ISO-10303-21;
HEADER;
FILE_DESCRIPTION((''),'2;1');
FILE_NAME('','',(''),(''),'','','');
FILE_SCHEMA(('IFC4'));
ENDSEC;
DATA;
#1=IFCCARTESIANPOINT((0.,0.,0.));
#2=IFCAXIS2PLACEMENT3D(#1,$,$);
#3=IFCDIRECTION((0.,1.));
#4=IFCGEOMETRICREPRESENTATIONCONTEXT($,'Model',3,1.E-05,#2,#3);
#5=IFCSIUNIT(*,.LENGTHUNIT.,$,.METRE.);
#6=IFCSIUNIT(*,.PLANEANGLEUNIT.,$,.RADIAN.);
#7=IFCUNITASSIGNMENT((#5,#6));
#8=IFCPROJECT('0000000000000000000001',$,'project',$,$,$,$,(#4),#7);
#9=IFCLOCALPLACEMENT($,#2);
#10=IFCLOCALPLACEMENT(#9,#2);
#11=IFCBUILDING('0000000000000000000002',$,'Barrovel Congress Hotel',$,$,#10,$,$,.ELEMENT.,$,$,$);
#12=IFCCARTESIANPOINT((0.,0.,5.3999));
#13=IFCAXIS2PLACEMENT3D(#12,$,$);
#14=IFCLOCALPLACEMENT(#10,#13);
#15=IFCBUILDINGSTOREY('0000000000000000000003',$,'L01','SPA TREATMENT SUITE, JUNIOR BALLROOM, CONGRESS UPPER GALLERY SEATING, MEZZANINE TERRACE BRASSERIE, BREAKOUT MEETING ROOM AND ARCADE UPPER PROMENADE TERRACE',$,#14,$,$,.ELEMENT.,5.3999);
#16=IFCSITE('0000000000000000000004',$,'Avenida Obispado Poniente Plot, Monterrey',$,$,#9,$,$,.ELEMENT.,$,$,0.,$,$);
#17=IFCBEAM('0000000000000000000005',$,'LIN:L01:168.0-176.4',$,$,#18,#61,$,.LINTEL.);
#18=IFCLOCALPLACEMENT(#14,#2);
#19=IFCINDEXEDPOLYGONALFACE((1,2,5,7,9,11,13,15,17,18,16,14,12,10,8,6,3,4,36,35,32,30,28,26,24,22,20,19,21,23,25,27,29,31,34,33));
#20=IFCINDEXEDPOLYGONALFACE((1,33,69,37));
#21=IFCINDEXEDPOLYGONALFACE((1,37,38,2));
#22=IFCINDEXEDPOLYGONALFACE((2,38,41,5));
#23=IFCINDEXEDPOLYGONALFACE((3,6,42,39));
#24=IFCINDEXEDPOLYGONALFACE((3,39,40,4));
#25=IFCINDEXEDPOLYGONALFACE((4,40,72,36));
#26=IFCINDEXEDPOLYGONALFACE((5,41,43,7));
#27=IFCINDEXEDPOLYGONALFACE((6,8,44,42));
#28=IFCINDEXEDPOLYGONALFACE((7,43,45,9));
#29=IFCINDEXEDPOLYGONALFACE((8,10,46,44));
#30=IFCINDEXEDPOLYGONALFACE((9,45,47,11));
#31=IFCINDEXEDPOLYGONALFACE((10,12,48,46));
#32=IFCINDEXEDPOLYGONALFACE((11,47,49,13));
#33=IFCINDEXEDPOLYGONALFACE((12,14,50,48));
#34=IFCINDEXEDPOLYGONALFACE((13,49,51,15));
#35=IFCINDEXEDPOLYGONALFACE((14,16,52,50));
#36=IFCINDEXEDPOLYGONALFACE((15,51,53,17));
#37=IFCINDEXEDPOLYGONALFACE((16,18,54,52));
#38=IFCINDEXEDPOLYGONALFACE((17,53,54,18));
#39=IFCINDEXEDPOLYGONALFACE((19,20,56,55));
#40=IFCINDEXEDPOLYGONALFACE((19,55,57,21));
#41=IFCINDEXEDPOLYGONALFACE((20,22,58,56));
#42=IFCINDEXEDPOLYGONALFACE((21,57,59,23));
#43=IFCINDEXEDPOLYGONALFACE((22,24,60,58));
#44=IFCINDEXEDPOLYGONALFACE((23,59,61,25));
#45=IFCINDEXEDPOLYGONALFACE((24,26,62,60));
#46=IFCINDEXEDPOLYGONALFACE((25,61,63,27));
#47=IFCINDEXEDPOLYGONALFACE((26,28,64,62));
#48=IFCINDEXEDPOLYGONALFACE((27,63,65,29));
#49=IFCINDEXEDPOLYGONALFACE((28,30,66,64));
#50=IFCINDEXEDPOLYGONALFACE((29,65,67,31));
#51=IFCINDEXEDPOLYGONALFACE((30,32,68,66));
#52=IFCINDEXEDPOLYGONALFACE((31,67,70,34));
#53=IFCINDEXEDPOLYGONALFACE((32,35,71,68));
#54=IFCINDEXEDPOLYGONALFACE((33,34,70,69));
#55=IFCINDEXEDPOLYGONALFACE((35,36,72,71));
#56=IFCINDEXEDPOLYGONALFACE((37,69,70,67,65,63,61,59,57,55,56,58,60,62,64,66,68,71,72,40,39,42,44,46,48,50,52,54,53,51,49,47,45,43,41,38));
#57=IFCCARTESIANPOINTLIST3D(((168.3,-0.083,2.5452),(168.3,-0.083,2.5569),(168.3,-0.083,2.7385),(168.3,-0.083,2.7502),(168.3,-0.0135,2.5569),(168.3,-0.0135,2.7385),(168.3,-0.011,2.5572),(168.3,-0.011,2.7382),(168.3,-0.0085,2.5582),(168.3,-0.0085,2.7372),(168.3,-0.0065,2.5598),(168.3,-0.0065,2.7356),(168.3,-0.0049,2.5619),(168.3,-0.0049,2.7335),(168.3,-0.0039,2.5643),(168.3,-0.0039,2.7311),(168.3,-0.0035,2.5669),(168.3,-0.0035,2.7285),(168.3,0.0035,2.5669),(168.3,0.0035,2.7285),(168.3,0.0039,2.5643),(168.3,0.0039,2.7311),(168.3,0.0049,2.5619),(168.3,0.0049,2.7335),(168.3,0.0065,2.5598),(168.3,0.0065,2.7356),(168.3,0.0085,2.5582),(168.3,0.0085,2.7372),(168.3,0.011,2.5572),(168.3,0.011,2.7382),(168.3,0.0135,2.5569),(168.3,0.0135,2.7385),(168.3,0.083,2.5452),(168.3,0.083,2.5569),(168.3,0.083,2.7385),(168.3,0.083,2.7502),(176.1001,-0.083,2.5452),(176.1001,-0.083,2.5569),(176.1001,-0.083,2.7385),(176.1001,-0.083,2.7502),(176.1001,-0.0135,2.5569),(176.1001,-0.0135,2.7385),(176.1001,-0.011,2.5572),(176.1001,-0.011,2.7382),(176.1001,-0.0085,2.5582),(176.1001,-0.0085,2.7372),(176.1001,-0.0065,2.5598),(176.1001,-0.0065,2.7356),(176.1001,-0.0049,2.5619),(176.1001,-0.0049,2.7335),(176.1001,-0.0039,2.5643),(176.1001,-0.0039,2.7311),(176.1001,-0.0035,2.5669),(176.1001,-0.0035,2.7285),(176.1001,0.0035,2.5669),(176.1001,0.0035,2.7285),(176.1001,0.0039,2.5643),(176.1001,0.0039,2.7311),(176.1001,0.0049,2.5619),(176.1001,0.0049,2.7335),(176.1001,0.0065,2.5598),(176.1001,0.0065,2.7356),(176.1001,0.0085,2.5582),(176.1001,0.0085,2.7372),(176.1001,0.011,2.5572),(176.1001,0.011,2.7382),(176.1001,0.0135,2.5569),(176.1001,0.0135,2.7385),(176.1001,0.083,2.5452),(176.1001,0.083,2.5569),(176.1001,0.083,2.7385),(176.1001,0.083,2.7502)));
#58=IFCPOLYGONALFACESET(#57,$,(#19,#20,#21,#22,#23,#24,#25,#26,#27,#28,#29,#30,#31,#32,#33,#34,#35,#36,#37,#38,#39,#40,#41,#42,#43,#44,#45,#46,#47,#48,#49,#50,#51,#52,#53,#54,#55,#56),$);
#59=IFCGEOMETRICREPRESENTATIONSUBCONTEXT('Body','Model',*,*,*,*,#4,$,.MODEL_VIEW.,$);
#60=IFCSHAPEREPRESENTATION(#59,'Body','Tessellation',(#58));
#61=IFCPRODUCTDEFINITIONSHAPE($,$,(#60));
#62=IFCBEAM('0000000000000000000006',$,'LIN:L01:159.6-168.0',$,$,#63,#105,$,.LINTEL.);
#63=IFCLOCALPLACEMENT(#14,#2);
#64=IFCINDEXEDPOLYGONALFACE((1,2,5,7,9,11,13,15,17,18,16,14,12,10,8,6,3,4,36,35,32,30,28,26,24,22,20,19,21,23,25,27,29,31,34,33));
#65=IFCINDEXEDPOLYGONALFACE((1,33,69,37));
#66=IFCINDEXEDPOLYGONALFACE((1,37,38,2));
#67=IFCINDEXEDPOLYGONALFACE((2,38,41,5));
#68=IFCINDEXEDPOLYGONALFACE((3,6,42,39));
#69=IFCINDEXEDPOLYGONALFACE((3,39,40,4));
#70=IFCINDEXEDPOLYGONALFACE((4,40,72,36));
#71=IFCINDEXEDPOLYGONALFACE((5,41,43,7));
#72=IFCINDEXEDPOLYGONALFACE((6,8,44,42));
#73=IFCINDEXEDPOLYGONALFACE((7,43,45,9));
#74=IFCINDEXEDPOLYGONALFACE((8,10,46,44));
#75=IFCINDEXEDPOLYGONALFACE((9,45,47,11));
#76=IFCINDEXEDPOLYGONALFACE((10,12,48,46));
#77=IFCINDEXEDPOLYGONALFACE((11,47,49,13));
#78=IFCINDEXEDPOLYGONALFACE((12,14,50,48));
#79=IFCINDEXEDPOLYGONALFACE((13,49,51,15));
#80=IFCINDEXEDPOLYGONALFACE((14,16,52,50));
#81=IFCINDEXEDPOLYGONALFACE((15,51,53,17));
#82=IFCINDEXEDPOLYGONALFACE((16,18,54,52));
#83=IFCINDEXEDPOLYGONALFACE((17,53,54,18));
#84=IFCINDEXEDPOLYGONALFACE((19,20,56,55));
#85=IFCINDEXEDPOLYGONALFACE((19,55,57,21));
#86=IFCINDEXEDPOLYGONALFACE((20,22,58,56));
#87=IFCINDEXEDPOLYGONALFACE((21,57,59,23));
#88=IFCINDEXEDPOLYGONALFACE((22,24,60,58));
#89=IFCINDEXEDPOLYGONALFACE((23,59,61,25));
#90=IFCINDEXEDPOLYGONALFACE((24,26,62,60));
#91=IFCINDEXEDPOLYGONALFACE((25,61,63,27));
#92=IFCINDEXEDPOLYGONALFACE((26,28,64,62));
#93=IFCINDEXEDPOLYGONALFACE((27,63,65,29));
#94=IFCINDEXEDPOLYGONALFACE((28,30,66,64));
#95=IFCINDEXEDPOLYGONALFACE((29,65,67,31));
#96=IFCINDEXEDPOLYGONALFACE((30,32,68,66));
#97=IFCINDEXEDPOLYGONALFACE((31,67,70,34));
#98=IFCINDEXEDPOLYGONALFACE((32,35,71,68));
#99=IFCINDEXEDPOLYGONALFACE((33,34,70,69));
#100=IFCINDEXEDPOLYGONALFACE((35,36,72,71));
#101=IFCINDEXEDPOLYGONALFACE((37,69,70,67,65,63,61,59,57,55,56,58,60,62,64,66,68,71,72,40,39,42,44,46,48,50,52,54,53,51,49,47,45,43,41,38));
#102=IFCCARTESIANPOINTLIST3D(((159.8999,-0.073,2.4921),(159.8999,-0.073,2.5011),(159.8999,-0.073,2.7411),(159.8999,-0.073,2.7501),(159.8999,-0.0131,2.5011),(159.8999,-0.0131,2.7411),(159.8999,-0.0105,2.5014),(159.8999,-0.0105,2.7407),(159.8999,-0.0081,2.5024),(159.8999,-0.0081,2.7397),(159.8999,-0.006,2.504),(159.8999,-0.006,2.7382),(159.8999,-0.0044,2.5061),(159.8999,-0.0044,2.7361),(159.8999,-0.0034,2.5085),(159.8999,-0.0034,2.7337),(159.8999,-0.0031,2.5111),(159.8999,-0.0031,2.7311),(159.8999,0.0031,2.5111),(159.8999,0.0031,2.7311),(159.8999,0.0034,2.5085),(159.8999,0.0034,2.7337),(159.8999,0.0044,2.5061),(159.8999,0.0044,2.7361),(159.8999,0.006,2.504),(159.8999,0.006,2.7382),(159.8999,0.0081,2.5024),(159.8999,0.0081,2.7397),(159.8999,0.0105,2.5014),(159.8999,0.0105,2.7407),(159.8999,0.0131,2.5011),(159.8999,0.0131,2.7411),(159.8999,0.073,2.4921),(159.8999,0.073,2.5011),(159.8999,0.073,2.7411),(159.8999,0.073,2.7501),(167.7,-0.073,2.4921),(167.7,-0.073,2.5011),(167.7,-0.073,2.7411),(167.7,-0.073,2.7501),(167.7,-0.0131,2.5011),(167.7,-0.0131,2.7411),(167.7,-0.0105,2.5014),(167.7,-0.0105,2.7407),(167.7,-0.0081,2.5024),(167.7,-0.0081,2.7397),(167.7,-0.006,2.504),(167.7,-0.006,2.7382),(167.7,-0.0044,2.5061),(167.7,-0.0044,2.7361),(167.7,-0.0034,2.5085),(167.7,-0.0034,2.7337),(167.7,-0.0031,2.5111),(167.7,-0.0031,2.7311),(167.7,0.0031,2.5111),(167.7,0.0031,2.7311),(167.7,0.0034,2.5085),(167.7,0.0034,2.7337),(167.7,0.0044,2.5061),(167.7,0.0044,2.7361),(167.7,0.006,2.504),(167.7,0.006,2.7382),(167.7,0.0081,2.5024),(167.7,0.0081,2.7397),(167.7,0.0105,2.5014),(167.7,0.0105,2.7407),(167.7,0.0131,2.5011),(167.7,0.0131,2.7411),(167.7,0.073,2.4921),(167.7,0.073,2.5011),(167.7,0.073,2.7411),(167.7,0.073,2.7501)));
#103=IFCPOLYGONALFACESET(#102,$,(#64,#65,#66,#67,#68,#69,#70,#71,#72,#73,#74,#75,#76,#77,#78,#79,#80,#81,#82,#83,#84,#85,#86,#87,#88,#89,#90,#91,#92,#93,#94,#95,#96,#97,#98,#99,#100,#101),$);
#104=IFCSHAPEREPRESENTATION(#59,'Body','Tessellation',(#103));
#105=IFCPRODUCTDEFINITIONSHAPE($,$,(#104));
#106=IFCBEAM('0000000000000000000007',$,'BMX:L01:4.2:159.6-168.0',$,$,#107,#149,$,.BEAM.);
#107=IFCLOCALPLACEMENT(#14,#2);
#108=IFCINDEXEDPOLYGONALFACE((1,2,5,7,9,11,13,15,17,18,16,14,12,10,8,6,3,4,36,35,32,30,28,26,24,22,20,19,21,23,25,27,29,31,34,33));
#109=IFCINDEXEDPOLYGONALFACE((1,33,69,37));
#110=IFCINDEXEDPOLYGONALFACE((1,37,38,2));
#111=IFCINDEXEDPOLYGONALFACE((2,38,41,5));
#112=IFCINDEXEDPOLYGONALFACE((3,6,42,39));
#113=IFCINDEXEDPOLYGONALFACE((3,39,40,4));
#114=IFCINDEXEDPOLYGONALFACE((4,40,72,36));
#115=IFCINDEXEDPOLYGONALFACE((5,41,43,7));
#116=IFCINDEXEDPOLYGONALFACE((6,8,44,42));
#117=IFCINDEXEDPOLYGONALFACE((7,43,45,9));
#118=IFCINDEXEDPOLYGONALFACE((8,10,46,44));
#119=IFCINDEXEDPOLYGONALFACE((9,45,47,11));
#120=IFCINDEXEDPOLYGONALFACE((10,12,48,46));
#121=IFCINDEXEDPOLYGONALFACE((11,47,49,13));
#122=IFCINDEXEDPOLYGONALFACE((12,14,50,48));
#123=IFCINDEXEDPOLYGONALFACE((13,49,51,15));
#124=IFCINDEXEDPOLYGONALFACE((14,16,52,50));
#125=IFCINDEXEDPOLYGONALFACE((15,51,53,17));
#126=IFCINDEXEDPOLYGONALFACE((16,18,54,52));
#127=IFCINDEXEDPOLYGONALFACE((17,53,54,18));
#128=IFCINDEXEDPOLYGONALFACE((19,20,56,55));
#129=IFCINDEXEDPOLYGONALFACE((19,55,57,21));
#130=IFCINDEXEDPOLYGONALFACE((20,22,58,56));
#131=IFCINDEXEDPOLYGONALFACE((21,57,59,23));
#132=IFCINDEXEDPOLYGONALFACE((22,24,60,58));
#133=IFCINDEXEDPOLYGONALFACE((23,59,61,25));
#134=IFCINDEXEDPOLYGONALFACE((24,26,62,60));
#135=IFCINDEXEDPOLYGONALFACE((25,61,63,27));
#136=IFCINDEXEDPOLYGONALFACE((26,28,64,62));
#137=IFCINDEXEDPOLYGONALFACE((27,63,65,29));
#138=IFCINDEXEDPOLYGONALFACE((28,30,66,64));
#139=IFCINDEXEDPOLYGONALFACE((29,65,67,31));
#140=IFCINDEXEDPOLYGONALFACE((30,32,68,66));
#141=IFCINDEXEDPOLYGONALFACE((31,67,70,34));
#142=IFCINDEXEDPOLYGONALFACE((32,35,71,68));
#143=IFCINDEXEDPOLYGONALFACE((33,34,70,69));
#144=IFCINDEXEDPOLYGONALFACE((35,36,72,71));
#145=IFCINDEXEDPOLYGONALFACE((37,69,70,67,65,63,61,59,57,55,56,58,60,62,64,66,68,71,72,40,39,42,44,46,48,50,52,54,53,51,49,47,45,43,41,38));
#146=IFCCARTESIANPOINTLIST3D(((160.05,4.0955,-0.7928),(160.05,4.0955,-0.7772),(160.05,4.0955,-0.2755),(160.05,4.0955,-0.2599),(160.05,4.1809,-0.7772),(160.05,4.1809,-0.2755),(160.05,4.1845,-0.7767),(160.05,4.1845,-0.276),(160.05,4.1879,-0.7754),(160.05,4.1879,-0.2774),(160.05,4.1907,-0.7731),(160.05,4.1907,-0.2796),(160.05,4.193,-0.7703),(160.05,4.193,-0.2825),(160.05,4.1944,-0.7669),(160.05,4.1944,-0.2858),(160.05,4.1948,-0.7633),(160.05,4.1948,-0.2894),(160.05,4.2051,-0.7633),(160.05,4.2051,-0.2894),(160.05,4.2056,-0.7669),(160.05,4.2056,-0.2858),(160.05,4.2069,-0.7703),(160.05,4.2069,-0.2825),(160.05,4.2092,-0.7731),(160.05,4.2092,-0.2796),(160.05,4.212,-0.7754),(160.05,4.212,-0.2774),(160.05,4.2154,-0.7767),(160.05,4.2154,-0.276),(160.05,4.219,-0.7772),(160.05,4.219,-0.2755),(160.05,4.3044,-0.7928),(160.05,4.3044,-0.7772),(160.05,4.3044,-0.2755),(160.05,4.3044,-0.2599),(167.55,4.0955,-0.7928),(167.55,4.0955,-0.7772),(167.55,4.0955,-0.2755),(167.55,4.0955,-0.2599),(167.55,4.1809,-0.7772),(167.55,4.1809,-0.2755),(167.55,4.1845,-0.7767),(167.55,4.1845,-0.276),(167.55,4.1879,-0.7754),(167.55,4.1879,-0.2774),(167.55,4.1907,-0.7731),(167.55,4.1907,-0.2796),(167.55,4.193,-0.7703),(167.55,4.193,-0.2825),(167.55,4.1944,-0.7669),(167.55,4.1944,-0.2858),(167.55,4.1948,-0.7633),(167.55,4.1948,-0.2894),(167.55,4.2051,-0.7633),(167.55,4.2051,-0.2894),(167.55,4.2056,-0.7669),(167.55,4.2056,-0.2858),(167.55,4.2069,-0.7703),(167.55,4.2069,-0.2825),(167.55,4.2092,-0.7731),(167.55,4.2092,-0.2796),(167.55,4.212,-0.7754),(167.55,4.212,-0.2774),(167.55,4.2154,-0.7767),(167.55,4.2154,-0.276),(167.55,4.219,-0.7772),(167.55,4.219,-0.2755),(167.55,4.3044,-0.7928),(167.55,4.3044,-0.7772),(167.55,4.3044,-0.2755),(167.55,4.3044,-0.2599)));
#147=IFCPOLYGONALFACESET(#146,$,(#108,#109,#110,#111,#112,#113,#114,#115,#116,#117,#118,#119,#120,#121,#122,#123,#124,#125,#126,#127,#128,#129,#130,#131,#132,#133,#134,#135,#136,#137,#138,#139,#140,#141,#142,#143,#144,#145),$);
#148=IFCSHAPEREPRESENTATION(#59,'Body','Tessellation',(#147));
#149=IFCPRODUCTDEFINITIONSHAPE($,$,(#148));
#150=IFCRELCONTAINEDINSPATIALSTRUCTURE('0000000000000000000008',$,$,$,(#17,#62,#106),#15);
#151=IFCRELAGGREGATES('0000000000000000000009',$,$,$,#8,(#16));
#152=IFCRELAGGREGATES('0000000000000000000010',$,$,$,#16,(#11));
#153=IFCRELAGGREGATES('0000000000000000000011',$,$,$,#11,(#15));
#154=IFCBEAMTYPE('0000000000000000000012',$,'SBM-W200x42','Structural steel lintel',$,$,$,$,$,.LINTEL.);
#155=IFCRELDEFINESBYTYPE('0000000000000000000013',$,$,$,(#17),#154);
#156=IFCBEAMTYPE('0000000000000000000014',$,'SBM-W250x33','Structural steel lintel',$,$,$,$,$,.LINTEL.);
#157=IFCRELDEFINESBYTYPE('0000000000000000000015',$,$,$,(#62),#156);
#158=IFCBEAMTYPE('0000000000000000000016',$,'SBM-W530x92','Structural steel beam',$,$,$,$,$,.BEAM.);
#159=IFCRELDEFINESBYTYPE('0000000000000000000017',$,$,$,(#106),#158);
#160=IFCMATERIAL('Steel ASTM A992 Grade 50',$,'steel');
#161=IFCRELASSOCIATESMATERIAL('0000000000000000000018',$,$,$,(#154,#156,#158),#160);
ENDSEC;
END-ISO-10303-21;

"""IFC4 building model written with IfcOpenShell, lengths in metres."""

from ifc_helpers import new_model, si_unit, direction, frame, origin, origin_2d, place, context, subcontext, project, spatial, i_section, extrude, material, material_profile, profile_set, type_object, element, save


model = new_model("IFC4")

# Units and contexts
model_context = context("Model", 3, precision=1e-05, world=origin(), true_north=direction((0.0, 1.0)))
body_context = subcontext(model_context, "Body", "Model", "MODEL_VIEW")
ifc_project = project(units=[si_unit("LENGTHUNIT", "METRE"), si_unit("PLANEANGLEUNIT", "RADIAN")], contexts=[model_context])

# Site, building, storey
site_placement = place(None, origin())
site = spatial("IfcSite", under=ifc_project, at=site_placement, Name="Avenida Obispado Poniente Plot, Monterrey", CompositionType="ELEMENT", RefElevation=0.0)
building_placement = place(site_placement, origin())
building = spatial("IfcBuilding", under=site, at=building_placement, Name="Barrovel Congress Hotel", CompositionType="ELEMENT")
storey_placement = place(building_placement, frame((0.0, 0.0, 5.3999)))
storey = spatial("IfcBuildingStorey", under=building, at=storey_placement, Name="L01", Description="SPA TREATMENT SUITE, JUNIOR BALLROOM, CONGRESS UPPER GALLERY SEATING, MEZZANINE TERRACE BRASSERIE, BREAKOUT MEETING ROOM AND ARCADE UPPER PROMENADE TERRACE", CompositionType="ELEMENT", Elevation=5.3999)

# Beams
ifc_material_1 = material(Name="Steel ASTM A992 Grade 50", Category="steel")
ifc_material_profile_1 = material_profile(ifc_material_1, i_section(OverallWidth=0.166, OverallDepth=0.2051, WebThickness=0.0071, FlangeThickness=0.0117, FilletRadius=0.01, at=origin_2d()), Name="W200x42")
ifc_profile_set_1 = profile_set([ifc_material_profile_1], Name="Steel ASTM A992 Grade 50")
beam_type_1 = type_object("IfcBeamType", Name="SBM-W200x42", Description="Structural steel lintel", PredefinedType="LINTEL", material=ifc_profile_set_1)
beam_1_placement = place(storey_placement, frame((168.3, 0.0, 2.6477), z_axis=(1.0, 0.0, 0.0), x_axis=(0.0, 1.0, 0.0)))
element("IfcBeam", 1, at=beam_1_placement, inside=storey, type_object=beam_type_1, Name="LIN:L01:168.0-176.4", PredefinedType="LINTEL", context=body_context, shape_type="SweptSolid", body=[
    extrude(i_section(OverallWidth=0.166, OverallDepth=0.2051, WebThickness=0.0071, FlangeThickness=0.0117, FilletRadius=0.01, at=origin_2d()), origin(), (0.0, 0.0, 1.0), 7.8),
])
ifc_material_profile_2 = material_profile(ifc_material_1, i_section(OverallWidth=0.146, OverallDepth=0.2581, WebThickness=0.0061, FlangeThickness=0.009, FilletRadius=0.01, at=origin_2d()), Name="W250x33")
ifc_profile_set_2 = profile_set([ifc_material_profile_2], Name="Steel ASTM A992 Grade 50")
beam_type_2 = type_object("IfcBeamType", Name="SBM-W250x33", Description="Structural steel lintel", PredefinedType="LINTEL", material=ifc_profile_set_2)
beam_2_placement = place(storey_placement, frame((159.8999, 0.0, 2.6211), z_axis=(1.0, 0.0, 0.0), x_axis=(0.0, 1.0, 0.0)))
element("IfcBeam", 2, at=beam_2_placement, inside=storey, type_object=beam_type_2, Name="LIN:L01:159.6-168.0", PredefinedType="LINTEL", context=body_context, shape_type="SweptSolid", body=[
    extrude(i_section(OverallWidth=0.146, OverallDepth=0.2581, WebThickness=0.0061, FlangeThickness=0.009, FilletRadius=0.01, at=origin_2d()), origin(), (0.0, 0.0, 1.0), 7.8),
])
ifc_material_profile_3 = material_profile(ifc_material_1, i_section(OverallWidth=0.209, OverallDepth=0.533, WebThickness=0.0103, FlangeThickness=0.0156, FilletRadius=0.0139, at=origin_2d()), Name="W530x92")
ifc_profile_set_3 = profile_set([ifc_material_profile_3], Name="Steel ASTM A992 Grade 50")
beam_type_3 = type_object("IfcBeamType", Name="SBM-W530x92", Description="Structural steel beam", PredefinedType="BEAM", material=ifc_profile_set_3)
beam_3_placement = place(storey_placement, frame((160.05, 4.2, -0.5264), z_axis=(1.0, 0.0, 0.0), x_axis=(0.0, 1.0, 0.0)))
element("IfcBeam", 3, at=beam_3_placement, inside=storey, type_object=beam_type_3, Name="BMX:L01:4.2:159.6-168.0", PredefinedType="BEAM", context=body_context, shape_type="SweptSolid", body=[
    extrude(i_section(OverallWidth=0.209, OverallDepth=0.533, WebThickness=0.0103, FlangeThickness=0.0156, FilletRadius=0.0139, at=origin_2d()), origin(), (0.0, 0.0, 1.0), 7.5),
])

save(model, "model.ifc")
